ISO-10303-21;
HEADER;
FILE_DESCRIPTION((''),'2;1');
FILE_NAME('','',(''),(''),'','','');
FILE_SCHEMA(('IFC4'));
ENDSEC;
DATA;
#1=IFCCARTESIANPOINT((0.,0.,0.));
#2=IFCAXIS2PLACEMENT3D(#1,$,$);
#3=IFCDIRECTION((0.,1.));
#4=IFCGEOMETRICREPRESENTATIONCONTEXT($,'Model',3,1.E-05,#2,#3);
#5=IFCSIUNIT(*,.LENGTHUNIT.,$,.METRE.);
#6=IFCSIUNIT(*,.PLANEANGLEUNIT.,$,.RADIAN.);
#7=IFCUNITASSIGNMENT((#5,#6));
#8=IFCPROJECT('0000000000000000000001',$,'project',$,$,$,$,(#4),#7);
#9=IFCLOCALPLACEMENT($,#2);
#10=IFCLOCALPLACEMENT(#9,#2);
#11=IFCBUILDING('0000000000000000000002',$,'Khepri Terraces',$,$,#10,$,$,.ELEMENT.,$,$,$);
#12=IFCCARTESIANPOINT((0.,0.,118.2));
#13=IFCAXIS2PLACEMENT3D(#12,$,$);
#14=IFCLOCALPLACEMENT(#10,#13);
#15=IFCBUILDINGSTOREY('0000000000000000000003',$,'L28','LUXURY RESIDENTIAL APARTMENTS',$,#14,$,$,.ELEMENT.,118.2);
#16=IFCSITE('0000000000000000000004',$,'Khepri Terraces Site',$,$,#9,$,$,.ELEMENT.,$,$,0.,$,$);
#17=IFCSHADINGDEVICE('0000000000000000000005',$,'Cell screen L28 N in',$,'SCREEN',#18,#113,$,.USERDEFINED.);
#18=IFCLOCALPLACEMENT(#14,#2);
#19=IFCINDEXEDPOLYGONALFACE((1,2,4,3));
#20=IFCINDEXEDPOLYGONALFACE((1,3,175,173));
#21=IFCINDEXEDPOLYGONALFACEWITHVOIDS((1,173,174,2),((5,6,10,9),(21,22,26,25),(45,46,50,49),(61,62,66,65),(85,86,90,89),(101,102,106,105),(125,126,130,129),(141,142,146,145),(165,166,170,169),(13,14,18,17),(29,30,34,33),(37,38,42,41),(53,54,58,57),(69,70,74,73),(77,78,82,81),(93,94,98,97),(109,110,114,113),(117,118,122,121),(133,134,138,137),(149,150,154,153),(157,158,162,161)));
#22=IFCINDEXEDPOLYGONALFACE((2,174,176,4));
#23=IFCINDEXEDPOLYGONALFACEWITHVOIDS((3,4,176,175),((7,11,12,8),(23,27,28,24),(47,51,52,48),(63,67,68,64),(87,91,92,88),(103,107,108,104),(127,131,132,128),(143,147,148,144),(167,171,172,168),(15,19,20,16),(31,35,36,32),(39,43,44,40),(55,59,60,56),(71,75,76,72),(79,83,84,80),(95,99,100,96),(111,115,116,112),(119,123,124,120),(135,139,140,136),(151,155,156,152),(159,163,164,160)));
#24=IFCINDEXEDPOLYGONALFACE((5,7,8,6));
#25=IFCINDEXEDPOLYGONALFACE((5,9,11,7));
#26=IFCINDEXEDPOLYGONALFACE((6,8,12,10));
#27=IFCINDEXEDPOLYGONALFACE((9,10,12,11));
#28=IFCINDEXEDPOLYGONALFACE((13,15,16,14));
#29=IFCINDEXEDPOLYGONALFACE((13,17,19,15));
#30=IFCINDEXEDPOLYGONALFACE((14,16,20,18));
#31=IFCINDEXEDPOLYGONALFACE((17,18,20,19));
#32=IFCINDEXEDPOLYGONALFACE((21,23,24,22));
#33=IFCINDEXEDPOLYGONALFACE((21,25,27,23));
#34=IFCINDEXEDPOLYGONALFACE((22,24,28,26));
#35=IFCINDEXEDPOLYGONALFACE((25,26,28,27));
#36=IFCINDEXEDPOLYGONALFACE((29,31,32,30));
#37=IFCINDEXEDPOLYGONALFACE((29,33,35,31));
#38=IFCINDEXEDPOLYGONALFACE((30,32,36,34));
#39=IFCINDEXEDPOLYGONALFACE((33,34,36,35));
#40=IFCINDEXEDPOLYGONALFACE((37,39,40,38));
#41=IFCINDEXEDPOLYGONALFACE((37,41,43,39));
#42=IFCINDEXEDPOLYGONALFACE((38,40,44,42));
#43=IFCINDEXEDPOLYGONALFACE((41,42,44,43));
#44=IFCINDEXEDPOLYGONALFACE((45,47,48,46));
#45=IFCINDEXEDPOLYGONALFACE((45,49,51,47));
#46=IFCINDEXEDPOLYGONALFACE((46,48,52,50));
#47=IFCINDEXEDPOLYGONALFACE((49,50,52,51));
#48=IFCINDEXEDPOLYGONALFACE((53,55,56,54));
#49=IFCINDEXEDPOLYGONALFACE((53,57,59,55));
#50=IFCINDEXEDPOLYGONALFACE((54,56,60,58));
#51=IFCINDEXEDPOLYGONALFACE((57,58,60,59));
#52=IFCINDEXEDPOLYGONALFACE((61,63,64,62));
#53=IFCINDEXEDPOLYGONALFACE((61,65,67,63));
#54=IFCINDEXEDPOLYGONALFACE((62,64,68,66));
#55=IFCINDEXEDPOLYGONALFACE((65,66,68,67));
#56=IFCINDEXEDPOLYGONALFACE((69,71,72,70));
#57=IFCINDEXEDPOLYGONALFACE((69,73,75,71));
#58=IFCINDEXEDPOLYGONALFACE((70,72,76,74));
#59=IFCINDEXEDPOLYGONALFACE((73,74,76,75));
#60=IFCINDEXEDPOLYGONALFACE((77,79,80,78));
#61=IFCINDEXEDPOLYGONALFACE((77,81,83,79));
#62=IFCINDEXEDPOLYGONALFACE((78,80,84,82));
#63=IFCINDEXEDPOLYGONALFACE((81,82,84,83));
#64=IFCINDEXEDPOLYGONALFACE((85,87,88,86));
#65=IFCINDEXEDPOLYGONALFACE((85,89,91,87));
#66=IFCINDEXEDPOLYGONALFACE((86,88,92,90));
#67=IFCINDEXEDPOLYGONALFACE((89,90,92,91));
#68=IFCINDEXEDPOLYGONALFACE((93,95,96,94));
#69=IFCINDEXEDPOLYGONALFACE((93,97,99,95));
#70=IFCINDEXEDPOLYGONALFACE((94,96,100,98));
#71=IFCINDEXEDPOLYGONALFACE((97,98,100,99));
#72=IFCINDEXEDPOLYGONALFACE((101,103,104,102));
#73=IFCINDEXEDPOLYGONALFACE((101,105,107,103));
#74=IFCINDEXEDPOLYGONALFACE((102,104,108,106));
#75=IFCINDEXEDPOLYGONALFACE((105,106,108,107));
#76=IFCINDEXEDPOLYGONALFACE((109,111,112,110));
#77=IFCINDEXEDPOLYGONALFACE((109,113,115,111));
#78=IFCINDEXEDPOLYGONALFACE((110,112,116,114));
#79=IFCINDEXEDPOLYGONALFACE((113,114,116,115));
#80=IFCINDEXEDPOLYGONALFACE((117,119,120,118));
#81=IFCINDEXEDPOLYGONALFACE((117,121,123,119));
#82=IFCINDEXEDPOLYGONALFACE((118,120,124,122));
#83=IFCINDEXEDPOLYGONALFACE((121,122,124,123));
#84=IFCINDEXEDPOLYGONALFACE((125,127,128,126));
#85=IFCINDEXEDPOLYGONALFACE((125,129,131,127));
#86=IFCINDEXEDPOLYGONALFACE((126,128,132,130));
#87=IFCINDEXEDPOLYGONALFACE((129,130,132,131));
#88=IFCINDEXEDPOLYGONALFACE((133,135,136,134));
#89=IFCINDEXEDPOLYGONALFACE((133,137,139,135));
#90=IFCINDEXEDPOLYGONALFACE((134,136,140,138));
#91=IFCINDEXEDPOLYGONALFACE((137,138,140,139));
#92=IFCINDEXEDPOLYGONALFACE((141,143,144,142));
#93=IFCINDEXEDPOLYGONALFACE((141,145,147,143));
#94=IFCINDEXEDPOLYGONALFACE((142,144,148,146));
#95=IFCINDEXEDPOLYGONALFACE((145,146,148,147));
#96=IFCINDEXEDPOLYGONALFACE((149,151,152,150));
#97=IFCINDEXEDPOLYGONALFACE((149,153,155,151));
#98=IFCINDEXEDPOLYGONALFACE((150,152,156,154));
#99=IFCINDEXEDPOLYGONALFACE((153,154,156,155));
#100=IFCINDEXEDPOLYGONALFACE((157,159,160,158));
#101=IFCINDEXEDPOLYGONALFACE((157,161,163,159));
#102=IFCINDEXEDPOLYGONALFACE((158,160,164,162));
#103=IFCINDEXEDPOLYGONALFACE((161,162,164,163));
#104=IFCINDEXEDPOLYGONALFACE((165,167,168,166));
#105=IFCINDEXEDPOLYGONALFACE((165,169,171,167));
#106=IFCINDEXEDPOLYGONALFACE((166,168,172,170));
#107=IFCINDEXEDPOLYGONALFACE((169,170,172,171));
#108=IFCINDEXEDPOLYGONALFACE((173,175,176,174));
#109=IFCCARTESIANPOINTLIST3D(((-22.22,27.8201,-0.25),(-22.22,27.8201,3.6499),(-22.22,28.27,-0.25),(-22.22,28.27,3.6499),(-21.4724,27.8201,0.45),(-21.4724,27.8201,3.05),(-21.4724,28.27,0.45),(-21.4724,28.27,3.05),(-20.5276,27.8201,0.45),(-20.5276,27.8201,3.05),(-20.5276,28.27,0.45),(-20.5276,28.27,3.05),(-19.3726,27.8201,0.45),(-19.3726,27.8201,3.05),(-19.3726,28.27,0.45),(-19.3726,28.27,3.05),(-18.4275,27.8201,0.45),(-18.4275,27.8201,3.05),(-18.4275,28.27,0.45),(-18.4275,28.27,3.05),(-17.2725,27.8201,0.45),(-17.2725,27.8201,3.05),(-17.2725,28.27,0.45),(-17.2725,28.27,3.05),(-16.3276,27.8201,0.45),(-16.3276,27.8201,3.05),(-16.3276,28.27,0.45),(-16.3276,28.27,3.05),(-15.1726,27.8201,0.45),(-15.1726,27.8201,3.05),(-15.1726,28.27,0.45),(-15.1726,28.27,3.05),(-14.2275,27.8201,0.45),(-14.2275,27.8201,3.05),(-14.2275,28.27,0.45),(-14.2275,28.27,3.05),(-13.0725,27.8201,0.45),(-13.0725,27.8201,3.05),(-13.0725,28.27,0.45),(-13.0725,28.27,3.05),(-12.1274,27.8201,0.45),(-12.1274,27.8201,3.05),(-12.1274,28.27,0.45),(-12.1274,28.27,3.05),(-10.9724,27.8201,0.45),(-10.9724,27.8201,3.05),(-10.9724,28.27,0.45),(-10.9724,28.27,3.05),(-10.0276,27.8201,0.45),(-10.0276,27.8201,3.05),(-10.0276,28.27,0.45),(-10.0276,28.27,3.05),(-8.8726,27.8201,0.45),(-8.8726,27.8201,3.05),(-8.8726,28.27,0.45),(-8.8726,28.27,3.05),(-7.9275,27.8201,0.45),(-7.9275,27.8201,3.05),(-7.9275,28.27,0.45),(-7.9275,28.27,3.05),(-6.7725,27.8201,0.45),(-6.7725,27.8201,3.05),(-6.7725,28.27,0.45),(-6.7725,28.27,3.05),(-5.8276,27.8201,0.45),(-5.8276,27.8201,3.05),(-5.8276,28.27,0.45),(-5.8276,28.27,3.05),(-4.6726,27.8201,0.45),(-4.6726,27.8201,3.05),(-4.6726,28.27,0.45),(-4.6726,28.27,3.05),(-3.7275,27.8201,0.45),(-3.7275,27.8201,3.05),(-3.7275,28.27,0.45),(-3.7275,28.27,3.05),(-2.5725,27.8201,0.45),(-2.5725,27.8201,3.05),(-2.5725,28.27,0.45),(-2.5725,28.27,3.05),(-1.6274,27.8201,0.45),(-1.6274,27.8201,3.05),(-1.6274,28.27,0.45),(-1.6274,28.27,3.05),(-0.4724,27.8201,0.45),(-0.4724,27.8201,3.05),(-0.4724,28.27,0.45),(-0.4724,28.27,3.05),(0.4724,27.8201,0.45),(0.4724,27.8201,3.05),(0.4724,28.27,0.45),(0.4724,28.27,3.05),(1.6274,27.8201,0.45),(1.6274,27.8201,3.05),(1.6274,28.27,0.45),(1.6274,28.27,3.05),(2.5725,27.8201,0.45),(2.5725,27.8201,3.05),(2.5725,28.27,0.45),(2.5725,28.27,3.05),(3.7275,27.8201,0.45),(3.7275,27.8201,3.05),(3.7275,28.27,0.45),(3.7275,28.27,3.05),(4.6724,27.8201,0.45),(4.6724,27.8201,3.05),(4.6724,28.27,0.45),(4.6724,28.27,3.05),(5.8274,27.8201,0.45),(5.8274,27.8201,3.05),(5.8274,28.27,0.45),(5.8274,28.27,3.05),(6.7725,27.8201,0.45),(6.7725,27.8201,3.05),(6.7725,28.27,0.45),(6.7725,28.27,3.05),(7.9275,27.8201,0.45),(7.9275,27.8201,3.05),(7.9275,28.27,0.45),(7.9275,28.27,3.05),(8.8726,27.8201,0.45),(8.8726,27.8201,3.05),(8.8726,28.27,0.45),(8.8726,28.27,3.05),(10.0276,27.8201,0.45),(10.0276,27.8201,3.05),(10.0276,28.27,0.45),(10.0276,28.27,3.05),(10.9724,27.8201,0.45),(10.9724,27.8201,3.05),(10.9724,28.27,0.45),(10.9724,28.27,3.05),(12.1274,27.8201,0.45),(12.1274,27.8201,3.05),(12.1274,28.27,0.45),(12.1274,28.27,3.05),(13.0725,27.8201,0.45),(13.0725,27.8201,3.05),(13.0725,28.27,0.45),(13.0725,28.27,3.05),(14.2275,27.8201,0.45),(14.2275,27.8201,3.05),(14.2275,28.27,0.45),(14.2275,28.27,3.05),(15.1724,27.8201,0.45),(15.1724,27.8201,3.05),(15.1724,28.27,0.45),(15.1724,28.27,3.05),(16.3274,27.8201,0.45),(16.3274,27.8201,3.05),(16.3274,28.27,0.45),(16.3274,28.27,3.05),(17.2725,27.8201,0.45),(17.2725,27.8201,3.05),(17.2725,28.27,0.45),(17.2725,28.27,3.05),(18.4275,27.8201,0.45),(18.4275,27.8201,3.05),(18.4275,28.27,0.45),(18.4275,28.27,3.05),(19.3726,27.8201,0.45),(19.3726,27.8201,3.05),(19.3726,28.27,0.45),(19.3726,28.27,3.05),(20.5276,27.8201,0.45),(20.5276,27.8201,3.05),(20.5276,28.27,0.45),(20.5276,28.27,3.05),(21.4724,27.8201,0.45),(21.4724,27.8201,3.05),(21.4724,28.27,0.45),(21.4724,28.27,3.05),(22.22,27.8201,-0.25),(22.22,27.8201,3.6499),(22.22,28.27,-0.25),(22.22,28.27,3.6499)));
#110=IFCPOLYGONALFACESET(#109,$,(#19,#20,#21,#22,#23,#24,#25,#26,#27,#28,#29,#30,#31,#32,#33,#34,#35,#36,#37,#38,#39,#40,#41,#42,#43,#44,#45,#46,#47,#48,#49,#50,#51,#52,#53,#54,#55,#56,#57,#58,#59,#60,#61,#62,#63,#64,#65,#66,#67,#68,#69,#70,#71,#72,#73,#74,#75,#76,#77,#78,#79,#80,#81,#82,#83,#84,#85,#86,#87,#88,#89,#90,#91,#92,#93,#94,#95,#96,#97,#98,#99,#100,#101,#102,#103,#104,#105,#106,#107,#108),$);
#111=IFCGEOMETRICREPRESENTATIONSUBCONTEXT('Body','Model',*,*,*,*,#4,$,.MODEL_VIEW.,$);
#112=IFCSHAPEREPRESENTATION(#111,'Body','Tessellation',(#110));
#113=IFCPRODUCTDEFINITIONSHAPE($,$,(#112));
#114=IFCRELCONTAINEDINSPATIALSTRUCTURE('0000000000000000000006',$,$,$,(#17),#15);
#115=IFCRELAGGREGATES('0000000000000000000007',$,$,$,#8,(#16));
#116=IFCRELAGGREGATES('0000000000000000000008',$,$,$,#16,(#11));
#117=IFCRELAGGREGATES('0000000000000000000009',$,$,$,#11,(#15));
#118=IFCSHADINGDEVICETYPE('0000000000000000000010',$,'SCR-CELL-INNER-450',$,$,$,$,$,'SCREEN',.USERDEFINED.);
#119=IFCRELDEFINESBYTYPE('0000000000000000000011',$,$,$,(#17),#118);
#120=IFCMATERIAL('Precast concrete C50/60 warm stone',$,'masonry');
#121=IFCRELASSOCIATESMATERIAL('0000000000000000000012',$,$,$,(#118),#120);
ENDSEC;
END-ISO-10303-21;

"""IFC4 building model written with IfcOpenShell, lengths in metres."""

from ifc_helpers import new_model, si_unit, direction, frame, origin, place, context, subcontext, project, spatial, polyline, outline, extrude, material, type_object, element, save


model = new_model("IFC4")

# Units and contexts
model_context = context("Model", 3, precision=1e-05, world=origin(), true_north=direction((0.0, 1.0)))
body_context = subcontext(model_context, "Body", "Model", "MODEL_VIEW")
ifc_project = project(units=[si_unit("LENGTHUNIT", "METRE"), si_unit("PLANEANGLEUNIT", "RADIAN")], contexts=[model_context])

# Site, building, storey
site_placement = place(None, origin())
site = spatial("IfcSite", under=ifc_project, at=site_placement, Name="Khepri Terraces Site", CompositionType="ELEMENT", RefElevation=0.0)
building_placement = place(site_placement, origin())
building = spatial("IfcBuilding", under=site, at=building_placement, Name="Khepri Terraces", CompositionType="ELEMENT")
storey_placement = place(building_placement, frame((0.0, 0.0, 118.2)))
storey = spatial("IfcBuildingStorey", under=building, at=storey_placement, Name="L28", Description="LUXURY RESIDENTIAL APARTMENTS", CompositionType="ELEMENT", Elevation=118.2)

# Shared definitions
ifc_material_1 = material(Name="Precast concrete C50/60 warm stone", Category="masonry")

# Shading device
shading_device_type_1 = type_object("IfcShadingDeviceType", Name="SCR-CELL-INNER-450", ElementType="SCREEN", PredefinedType="USERDEFINED", material=ifc_material_1)
shading_device_1_placement = place(storey_placement, frame((22.22, 27.8201, -0.25), z_axis=(0.0, 1.0, 0.0), x_axis=(-1.0, 0.0, 0.0)))
element("IfcShadingDevice", 1, at=shading_device_1_placement, inside=storey, type_object=shading_device_type_1, Name="Cell screen L28 N in", ObjectType="SCREEN", PredefinedType="USERDEFINED", context=body_context, shape_type="SweptSolid", body=[
    extrude(outline(polyline([(0.0, 0.0), (44.4399, 0.0), (44.4399, 3.8999), (0.0, 3.8999), (0.0, 0.0)]), holes=[polyline([(0.7476, 0.7), (1.6924, 0.7), (1.6924, 3.3), (0.7476, 3.3), (0.7476, 0.7)]), polyline([(2.8474, 0.7), (3.7925, 0.7), (3.7925, 3.3), (2.8474, 3.3), (2.8474, 0.7)]), polyline([(4.9475, 0.7), (5.8926, 0.7), (5.8926, 3.3), (4.9475, 3.3), (4.9475, 0.7)]), polyline([(7.0476, 0.7), (7.9924, 0.7), (7.9924, 3.3), (7.0476, 3.3), (7.0476, 0.7)]), polyline([(9.1475, 0.7), (10.0925, 0.7), (10.0925, 3.3), (9.1475, 3.3), (9.1475, 0.7)]), polyline([(11.2476, 0.7), (12.1924, 0.7), (12.1924, 3.3), (11.2476, 3.3), (11.2476, 0.7)]), polyline([(13.3474, 0.7), (14.2925, 0.7), (14.2925, 3.3), (13.3474, 3.3), (13.3474, 0.7)]), polyline([(15.4475, 0.7), (16.3926, 0.7), (16.3926, 3.3), (15.4475, 3.3), (15.4475, 0.7)]), polyline([(17.5476, 0.7), (18.4924, 0.7), (18.4924, 3.3), (17.5476, 3.3), (17.5476, 0.7)]), polyline([(19.6475, 0.7), (20.5925, 0.7), (20.5925, 3.3), (19.6475, 3.3), (19.6475, 0.7)]), polyline([(21.7476, 0.7), (22.6924, 0.7), (22.6924, 3.3), (21.7476, 3.3), (21.7476, 0.7)]), polyline([(23.8474, 0.7), (24.7925, 0.7), (24.7925, 3.3), (23.8474, 3.3), (23.8474, 0.7)]), polyline([(25.9475, 0.7), (26.8926, 0.7), (26.8926, 3.3), (25.9475, 3.3), (25.9475, 0.7)]), polyline([(28.0476, 0.7), (28.9924, 0.7), (28.9924, 3.3), (28.0476, 3.3), (28.0476, 0.7)]), polyline([(30.1475, 0.7), (31.0925, 0.7), (31.0925, 3.3), (30.1475, 3.3), (30.1475, 0.7)]), polyline([(32.2476, 0.7), (33.1924, 0.7), (33.1924, 3.3), (32.2476, 3.3), (32.2476, 0.7)]), polyline([(34.3474, 0.7), (35.2925, 0.7), (35.2925, 3.3), (34.3474, 3.3), (34.3474, 0.7)]), polyline([(36.4475, 0.7), (37.3926, 0.7), (37.3926, 3.3), (36.4475, 3.3), (36.4475, 0.7)]), polyline([(38.5476, 0.7), (39.4924, 0.7), (39.4924, 3.3), (38.5476, 3.3), (38.5476, 0.7)]), polyline([(40.6475, 0.7), (41.5925, 0.7), (41.5925, 3.3), (40.6475, 3.3), (40.6475, 0.7)]), polyline([(42.7476, 0.7), (43.6924, 0.7), (43.6924, 3.3), (42.7476, 3.3), (42.7476, 0.7)])]), origin(), (0.0, 0.0, 1.0), 0.45),
])

save(model, "model.ifc")
